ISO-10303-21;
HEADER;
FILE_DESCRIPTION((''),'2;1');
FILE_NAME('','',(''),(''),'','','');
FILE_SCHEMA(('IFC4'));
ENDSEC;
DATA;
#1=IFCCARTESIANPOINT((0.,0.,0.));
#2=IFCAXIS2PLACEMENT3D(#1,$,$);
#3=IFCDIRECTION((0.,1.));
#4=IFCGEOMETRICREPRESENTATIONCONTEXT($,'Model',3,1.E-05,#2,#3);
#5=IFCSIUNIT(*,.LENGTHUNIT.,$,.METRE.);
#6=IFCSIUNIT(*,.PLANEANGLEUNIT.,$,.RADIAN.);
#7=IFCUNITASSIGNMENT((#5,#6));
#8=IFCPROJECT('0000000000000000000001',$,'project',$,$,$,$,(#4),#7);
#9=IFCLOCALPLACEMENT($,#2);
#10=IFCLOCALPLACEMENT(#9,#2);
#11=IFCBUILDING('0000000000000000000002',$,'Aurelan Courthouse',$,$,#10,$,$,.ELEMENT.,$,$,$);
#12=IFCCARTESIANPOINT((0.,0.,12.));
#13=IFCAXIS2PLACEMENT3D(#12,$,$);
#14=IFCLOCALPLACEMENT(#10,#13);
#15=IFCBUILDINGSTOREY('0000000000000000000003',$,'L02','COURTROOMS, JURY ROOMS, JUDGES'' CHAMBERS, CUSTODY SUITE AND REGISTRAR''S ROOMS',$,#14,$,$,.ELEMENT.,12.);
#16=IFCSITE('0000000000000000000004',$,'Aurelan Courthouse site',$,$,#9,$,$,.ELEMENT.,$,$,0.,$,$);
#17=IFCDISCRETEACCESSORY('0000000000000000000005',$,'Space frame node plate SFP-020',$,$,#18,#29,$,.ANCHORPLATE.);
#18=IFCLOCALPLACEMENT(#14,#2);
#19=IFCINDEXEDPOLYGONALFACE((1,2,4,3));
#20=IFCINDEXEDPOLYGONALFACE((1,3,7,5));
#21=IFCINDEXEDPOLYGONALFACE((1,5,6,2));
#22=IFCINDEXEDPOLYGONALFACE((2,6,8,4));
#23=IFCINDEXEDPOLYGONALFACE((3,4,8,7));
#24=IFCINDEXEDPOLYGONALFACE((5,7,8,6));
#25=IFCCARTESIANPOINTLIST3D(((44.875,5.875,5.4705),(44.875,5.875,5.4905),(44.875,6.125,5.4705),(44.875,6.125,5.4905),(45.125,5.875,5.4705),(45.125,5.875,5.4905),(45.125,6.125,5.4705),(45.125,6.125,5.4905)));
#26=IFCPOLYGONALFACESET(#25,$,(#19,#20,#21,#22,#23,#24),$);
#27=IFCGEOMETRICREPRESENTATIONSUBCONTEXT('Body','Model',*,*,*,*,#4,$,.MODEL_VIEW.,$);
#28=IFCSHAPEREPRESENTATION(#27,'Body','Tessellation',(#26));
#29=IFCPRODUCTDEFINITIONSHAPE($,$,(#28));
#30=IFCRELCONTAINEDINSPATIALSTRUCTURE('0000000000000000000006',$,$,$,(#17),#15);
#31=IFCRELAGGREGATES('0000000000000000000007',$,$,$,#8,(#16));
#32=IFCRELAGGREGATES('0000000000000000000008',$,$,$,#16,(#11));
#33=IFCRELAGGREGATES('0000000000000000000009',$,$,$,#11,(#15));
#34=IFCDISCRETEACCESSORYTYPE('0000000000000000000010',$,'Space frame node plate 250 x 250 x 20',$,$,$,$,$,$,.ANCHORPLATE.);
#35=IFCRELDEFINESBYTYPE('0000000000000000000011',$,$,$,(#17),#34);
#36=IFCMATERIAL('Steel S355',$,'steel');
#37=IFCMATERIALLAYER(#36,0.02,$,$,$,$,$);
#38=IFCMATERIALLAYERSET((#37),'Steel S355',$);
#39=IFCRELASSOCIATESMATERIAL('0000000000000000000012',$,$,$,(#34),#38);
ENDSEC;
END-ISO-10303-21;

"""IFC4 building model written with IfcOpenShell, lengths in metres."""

from ifc_helpers import new_model, si_unit, direction, frame, origin, origin_2d, place, context, subcontext, project, spatial, rectangle, extrude, material, layer, layer_set, type_object, element, save


model = new_model("IFC4")

# Units and contexts
model_context = context("Model", 3, precision=1e-05, world=origin(), true_north=direction((0.0, 1.0)))
body_context = subcontext(model_context, "Body", "Model", "MODEL_VIEW")
ifc_project = project(units=[si_unit("LENGTHUNIT", "METRE"), si_unit("PLANEANGLEUNIT", "RADIAN")], contexts=[model_context])

# Site, building, storey
site_placement = place(None, origin())
site = spatial("IfcSite", under=ifc_project, at=site_placement, Name="Aurelan Courthouse site", CompositionType="ELEMENT", RefElevation=0.0)
building_placement = place(site_placement, origin())
building = spatial("IfcBuilding", under=site, at=building_placement, Name="Aurelan Courthouse", CompositionType="ELEMENT")
storey_placement = place(building_placement, frame((0.0, 0.0, 12.0)))
storey = spatial("IfcBuildingStorey", under=building, at=storey_placement, Name="L02", Description="COURTROOMS, JURY ROOMS, JUDGES' CHAMBERS, CUSTODY SUITE AND REGISTRAR'S ROOMS", CompositionType="ELEMENT", Elevation=12.0)

# Shared definitions
ifc_material_1 = material(Name="Steel S355", Category="steel")

# Discrete accessory
ifc_layer_1 = layer(ifc_material_1, 0.02)
ifc_layer_set_1 = layer_set([ifc_layer_1], Name="Steel S355")
discrete_accessory_type = type_object("IfcDiscreteAccessoryType", Name="Space frame node plate 250 x 250 x 20", PredefinedType="ANCHORPLATE", material=ifc_layer_set_1)
for number, where, z_axis, x_axis, name in (
    (1, (45.0, 6.0, 5.4705), (0.0, 0.0, 1.0), (1.0, 0.0, 0.0), "Space frame node plate SFP-020"),
):
    element("IfcDiscreteAccessory", number, at=place(storey_placement, frame(where, z_axis=z_axis, x_axis=x_axis)), inside=storey, type_object=discrete_accessory_type, Name=name, PredefinedType="ANCHORPLATE", context=body_context, shape_type="SweptSolid", body=[
        extrude(rectangle(XDim=0.25, YDim=0.25, at=origin_2d()), origin(), (0.0, 0.0, 1.0), 0.02),
    ])

save(model, "model.ifc")
